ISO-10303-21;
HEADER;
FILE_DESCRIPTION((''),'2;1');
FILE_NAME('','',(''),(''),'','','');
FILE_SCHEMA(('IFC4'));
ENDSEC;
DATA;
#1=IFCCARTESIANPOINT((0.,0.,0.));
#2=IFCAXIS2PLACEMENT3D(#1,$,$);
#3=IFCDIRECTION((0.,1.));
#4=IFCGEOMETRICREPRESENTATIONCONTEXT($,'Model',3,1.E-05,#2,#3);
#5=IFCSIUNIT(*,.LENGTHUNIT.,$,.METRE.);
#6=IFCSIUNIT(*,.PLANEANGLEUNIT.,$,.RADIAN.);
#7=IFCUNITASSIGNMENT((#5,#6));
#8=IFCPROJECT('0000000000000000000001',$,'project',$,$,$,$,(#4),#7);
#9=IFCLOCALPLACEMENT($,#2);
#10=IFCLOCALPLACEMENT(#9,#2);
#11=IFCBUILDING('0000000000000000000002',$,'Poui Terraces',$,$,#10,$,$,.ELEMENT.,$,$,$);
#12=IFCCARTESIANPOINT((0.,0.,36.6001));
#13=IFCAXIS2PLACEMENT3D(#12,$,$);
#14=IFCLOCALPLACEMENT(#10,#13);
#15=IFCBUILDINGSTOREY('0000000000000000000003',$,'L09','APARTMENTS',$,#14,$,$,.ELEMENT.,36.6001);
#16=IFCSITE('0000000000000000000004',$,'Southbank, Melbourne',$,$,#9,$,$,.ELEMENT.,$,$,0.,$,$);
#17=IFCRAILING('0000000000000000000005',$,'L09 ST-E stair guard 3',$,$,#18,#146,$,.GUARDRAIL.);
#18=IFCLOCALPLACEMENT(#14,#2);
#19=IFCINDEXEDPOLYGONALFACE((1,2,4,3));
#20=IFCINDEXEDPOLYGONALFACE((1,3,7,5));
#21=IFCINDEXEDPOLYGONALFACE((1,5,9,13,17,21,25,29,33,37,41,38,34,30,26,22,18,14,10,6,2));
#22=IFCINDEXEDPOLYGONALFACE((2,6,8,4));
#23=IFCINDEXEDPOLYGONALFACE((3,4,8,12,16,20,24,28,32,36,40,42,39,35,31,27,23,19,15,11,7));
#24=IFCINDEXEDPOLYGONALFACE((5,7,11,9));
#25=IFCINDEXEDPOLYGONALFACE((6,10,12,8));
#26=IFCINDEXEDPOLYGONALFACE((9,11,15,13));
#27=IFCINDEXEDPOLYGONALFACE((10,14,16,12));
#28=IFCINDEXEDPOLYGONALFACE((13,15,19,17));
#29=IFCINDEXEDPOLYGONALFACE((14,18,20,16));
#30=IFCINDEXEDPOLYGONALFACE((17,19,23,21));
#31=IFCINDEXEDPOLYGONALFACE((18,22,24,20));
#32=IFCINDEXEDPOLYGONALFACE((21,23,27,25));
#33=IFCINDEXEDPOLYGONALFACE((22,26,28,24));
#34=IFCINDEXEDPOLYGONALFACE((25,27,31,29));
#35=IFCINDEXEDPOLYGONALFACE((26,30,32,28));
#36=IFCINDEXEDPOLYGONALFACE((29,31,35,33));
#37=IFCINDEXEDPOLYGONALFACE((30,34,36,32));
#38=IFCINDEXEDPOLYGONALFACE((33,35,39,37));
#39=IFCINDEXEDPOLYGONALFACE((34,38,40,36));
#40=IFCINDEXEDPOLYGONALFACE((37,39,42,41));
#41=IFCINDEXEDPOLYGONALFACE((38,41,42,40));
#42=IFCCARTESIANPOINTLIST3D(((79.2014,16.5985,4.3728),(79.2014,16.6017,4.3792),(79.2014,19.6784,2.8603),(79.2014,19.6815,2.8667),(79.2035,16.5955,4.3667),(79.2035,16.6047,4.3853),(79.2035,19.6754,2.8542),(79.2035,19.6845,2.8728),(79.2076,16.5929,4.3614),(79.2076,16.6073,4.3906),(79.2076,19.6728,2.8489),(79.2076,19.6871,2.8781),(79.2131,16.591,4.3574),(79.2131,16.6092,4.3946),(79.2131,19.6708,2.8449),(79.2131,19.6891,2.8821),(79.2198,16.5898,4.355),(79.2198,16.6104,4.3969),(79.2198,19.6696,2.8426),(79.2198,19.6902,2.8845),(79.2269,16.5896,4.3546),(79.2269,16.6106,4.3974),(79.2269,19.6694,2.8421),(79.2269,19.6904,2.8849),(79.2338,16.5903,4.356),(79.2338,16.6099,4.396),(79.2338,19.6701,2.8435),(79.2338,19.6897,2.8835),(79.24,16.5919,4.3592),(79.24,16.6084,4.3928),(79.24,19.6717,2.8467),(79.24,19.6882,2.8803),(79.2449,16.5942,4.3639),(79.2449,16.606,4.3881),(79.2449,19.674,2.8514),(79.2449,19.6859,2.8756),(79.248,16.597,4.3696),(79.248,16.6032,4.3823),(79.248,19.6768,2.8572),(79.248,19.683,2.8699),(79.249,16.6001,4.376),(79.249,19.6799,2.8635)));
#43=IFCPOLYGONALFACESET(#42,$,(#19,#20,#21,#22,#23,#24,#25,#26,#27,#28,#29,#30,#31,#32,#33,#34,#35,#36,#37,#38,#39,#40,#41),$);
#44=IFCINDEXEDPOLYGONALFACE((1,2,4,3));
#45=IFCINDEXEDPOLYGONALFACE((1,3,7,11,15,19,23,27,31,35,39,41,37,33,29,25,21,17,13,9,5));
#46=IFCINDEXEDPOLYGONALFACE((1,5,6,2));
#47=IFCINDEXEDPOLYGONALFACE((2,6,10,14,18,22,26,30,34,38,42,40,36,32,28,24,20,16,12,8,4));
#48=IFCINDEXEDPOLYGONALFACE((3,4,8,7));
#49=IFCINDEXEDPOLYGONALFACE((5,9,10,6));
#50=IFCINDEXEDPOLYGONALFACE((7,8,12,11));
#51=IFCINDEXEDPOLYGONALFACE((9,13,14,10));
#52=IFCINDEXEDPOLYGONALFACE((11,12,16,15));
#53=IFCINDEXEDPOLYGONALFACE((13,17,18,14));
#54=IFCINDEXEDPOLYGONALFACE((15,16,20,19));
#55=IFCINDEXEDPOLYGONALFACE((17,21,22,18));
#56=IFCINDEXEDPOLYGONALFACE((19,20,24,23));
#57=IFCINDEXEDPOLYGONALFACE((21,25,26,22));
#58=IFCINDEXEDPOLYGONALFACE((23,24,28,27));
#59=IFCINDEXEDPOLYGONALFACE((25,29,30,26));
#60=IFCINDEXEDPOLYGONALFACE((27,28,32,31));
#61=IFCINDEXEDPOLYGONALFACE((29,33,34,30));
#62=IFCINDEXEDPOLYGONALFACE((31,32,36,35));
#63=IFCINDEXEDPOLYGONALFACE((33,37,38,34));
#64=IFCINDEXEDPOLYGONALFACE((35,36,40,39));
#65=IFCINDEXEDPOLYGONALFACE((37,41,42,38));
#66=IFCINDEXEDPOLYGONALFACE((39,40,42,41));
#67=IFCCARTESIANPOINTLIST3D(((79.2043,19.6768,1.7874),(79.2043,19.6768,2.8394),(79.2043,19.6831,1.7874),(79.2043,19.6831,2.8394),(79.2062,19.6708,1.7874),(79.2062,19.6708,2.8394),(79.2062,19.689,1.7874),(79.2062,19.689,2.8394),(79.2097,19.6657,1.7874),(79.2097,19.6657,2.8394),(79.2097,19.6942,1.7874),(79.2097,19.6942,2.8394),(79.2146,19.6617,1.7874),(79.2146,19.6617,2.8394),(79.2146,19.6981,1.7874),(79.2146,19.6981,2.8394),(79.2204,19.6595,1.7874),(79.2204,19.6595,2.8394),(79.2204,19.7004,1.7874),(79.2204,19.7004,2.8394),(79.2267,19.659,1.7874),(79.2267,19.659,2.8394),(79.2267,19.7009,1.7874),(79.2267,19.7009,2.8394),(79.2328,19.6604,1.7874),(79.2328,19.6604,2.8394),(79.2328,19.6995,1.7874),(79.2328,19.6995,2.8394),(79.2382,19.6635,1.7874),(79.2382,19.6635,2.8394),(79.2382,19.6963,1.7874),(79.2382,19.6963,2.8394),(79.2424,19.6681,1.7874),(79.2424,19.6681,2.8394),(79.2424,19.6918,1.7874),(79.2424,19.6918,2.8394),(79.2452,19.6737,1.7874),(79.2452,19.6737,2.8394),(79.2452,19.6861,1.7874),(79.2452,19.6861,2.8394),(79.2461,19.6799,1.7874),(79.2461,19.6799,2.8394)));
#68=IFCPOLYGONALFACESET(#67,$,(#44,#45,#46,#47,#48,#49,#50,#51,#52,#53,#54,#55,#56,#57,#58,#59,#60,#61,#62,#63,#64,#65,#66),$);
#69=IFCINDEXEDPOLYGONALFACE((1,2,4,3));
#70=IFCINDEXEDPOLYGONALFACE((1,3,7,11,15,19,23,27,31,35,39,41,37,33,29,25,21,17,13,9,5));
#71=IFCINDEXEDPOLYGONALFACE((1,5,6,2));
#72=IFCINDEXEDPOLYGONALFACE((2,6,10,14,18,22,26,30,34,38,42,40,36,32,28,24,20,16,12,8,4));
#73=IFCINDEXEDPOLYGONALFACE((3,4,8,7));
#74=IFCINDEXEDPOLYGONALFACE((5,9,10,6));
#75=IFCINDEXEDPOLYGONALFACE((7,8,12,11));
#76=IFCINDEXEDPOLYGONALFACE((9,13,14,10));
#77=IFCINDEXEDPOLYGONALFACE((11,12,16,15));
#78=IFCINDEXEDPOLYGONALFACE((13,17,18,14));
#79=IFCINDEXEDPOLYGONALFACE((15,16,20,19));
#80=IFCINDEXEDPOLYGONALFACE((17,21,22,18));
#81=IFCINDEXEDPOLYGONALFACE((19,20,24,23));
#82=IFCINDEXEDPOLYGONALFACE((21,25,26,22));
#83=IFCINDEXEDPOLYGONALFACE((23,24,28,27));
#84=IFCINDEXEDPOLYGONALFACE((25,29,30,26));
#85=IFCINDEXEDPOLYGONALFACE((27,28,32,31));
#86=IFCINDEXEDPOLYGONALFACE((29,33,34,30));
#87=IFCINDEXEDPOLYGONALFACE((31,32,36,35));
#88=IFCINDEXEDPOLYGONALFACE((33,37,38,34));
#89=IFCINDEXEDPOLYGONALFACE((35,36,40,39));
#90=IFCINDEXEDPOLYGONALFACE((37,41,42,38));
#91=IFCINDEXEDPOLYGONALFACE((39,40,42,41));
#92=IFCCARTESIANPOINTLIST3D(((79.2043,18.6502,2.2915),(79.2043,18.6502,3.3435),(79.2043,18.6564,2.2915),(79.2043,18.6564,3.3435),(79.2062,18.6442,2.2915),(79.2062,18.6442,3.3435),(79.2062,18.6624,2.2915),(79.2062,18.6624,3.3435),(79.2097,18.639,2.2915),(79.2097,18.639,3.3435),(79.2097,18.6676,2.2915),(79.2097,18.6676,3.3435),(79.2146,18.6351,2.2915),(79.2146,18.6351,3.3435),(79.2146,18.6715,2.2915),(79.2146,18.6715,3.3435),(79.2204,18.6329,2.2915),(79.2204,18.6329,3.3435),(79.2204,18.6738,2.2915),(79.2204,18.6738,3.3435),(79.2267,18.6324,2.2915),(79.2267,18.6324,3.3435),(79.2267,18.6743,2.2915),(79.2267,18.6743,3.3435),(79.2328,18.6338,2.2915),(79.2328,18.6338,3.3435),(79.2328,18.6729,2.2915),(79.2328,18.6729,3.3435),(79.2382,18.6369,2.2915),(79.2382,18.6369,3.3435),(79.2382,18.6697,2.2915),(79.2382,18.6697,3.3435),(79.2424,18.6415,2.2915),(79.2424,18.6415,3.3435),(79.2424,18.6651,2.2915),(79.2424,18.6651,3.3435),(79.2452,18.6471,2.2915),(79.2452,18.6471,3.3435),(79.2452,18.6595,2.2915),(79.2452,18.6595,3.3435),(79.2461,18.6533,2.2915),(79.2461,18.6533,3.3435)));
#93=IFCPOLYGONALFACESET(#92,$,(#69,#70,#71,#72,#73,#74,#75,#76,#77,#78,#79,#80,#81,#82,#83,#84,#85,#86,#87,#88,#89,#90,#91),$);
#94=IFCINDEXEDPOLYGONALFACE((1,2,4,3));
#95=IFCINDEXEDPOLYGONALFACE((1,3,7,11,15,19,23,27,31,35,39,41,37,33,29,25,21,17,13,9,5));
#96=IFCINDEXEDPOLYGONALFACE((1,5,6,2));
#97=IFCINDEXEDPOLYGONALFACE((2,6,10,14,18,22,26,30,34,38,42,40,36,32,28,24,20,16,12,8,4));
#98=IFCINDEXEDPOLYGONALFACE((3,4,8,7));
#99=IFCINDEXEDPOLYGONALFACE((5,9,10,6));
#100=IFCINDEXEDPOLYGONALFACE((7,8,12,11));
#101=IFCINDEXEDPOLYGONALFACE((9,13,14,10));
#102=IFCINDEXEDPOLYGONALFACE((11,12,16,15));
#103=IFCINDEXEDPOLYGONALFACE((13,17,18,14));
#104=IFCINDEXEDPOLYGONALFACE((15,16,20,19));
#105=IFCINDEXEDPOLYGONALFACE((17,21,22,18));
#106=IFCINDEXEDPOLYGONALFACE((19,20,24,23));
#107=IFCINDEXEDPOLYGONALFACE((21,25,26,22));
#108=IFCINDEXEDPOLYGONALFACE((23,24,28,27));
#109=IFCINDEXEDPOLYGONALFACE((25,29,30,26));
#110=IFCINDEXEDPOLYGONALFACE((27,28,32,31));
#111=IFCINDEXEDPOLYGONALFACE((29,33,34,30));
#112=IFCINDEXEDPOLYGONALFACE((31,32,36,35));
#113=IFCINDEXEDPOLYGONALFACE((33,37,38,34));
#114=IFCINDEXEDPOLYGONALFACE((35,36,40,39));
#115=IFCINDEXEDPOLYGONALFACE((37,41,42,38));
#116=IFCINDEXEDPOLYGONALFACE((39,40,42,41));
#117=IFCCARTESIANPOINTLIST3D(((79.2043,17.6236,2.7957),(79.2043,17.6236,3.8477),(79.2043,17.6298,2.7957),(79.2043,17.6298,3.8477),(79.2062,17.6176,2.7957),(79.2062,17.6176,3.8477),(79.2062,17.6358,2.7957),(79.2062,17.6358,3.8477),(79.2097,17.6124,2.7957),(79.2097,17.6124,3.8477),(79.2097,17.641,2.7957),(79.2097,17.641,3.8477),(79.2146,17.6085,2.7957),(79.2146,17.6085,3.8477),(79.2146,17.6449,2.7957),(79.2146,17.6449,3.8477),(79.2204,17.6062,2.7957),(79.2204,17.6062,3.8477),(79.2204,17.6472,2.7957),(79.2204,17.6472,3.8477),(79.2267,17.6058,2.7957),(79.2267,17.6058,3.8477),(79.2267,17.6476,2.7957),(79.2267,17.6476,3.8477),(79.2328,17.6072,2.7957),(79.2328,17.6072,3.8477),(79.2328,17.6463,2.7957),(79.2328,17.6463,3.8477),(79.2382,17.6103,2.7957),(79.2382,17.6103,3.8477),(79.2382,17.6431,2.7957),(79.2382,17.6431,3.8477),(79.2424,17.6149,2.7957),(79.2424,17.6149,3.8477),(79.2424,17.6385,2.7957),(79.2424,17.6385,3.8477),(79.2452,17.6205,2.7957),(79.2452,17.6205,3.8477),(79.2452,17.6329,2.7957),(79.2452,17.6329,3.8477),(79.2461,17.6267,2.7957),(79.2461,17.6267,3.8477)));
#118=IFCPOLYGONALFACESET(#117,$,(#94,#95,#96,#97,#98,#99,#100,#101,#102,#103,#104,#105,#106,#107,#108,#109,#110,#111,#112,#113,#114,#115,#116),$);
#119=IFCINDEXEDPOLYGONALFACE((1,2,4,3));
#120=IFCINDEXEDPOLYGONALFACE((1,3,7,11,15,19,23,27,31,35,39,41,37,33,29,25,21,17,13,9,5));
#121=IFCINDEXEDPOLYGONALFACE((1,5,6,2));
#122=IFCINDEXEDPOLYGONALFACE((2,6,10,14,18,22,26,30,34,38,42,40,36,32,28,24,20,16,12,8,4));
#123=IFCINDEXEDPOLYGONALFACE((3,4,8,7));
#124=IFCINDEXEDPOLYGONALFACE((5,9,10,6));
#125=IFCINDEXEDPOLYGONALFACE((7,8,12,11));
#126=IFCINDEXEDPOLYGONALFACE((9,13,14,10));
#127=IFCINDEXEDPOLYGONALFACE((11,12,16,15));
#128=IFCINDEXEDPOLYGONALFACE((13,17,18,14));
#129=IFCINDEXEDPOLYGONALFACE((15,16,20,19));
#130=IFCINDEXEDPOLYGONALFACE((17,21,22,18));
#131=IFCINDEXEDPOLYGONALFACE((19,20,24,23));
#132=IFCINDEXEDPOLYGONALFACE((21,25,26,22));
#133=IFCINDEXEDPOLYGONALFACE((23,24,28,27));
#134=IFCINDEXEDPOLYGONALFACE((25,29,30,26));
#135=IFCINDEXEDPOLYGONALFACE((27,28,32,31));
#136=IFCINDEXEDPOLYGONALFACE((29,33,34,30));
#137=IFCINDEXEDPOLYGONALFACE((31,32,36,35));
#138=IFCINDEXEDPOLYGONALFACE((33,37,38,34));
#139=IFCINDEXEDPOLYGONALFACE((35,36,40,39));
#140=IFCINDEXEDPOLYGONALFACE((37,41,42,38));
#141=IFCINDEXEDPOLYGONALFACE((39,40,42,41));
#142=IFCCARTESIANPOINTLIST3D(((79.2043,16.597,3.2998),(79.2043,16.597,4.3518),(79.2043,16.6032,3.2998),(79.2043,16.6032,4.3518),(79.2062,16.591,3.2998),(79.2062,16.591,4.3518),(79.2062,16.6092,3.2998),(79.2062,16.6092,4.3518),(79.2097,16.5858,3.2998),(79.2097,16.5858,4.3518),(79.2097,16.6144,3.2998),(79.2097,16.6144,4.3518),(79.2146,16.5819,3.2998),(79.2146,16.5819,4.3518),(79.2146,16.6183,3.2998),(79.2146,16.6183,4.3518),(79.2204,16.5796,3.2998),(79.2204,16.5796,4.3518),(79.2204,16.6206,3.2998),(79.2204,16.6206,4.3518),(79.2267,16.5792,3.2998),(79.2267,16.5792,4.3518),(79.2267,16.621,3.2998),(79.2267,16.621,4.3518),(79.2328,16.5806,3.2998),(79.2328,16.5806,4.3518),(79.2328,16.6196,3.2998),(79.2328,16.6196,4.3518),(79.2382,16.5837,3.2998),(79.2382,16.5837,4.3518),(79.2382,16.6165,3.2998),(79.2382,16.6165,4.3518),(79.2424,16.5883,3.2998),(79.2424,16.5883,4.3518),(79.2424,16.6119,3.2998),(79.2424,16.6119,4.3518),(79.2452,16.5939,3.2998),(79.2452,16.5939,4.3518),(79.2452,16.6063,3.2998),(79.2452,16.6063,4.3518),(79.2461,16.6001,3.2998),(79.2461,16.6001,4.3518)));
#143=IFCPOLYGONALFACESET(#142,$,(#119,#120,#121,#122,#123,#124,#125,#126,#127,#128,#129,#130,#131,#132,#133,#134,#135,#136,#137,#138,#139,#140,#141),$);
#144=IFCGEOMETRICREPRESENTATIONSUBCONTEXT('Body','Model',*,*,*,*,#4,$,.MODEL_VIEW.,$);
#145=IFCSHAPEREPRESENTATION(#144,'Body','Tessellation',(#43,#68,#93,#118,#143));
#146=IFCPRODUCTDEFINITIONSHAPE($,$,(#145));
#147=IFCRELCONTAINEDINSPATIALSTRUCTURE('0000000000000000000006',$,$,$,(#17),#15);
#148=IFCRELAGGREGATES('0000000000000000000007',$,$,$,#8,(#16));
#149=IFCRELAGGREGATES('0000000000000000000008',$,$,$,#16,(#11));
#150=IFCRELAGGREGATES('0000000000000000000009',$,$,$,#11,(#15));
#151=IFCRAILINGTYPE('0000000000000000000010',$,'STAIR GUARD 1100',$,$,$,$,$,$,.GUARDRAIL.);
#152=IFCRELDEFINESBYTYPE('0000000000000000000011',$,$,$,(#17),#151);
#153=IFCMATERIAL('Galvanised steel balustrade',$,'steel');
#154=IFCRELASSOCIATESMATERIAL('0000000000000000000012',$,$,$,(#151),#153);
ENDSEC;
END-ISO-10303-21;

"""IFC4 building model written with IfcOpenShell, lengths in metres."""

from ifc_helpers import new_model, si_unit, direction, frame, origin, origin_2d, place, context, subcontext, project, spatial, circle, extrude, material, type_object, element, save


model = new_model("IFC4")

# Units and contexts
model_context = context("Model", 3, precision=1e-05, world=origin(), true_north=direction((0.0, 1.0)))
body_context = subcontext(model_context, "Body", "Model", "MODEL_VIEW")
ifc_project = project(units=[si_unit("LENGTHUNIT", "METRE"), si_unit("PLANEANGLEUNIT", "RADIAN")], contexts=[model_context])

# Site, building, storey
site_placement = place(None, origin())
site = spatial("IfcSite", under=ifc_project, at=site_placement, Name="Southbank, Melbourne", CompositionType="ELEMENT", RefElevation=0.0)
building_placement = place(site_placement, origin())
building = spatial("IfcBuilding", under=site, at=building_placement, Name="Poui Terraces", CompositionType="ELEMENT")
storey_placement = place(building_placement, frame((0.0, 0.0, 36.6001)))
storey = spatial("IfcBuildingStorey", under=building, at=storey_placement, Name="L09", Description="APARTMENTS", CompositionType="ELEMENT", Elevation=36.6001)

# Railing
ifc_material_1 = material(Name="Galvanised steel balustrade", Category="steel")
railing_type_1 = type_object("IfcRailingType", Name="STAIR GUARD 1100", PredefinedType="GUARDRAIL", material=ifc_material_1)
railing_1_placement = place(storey_placement, frame((79.2251, 19.6799, 1.7874)))
element("IfcRailing", 1, at=railing_1_placement, inside=storey, type_object=railing_type_1, Name="L09 ST-E stair guard 3", PredefinedType="GUARDRAIL", context=body_context, shape_type="SweptSolid", body=[
    extrude(circle(Radius=0.0239, at=origin_2d()), frame((0.0, 0.0, 1.0762), z_axis=(0.0, -0.897606, 0.440798), x_axis=(1.0, 0.0, 0.0)), (0.0, 0.0, 1.0), 3.4312),
    extrude(circle(Radius=0.021, at=origin_2d()), origin(), (0.0, 0.0, 1.0), 1.052),
    extrude(circle(Radius=0.021, at=origin_2d()), frame((0.0, -1.0266, 0.5042)), (0.0, 0.0, 1.0), 1.052),
    extrude(circle(Radius=0.021, at=origin_2d()), frame((0.0, -2.0532, 1.0083)), (0.0, 0.0, 1.0), 1.052),
    extrude(circle(Radius=0.021, at=origin_2d()), frame((0.0, -3.0798, 1.5125)), (0.0, 0.0, 1.0), 1.052),
])

save(model, "model.ifc")
